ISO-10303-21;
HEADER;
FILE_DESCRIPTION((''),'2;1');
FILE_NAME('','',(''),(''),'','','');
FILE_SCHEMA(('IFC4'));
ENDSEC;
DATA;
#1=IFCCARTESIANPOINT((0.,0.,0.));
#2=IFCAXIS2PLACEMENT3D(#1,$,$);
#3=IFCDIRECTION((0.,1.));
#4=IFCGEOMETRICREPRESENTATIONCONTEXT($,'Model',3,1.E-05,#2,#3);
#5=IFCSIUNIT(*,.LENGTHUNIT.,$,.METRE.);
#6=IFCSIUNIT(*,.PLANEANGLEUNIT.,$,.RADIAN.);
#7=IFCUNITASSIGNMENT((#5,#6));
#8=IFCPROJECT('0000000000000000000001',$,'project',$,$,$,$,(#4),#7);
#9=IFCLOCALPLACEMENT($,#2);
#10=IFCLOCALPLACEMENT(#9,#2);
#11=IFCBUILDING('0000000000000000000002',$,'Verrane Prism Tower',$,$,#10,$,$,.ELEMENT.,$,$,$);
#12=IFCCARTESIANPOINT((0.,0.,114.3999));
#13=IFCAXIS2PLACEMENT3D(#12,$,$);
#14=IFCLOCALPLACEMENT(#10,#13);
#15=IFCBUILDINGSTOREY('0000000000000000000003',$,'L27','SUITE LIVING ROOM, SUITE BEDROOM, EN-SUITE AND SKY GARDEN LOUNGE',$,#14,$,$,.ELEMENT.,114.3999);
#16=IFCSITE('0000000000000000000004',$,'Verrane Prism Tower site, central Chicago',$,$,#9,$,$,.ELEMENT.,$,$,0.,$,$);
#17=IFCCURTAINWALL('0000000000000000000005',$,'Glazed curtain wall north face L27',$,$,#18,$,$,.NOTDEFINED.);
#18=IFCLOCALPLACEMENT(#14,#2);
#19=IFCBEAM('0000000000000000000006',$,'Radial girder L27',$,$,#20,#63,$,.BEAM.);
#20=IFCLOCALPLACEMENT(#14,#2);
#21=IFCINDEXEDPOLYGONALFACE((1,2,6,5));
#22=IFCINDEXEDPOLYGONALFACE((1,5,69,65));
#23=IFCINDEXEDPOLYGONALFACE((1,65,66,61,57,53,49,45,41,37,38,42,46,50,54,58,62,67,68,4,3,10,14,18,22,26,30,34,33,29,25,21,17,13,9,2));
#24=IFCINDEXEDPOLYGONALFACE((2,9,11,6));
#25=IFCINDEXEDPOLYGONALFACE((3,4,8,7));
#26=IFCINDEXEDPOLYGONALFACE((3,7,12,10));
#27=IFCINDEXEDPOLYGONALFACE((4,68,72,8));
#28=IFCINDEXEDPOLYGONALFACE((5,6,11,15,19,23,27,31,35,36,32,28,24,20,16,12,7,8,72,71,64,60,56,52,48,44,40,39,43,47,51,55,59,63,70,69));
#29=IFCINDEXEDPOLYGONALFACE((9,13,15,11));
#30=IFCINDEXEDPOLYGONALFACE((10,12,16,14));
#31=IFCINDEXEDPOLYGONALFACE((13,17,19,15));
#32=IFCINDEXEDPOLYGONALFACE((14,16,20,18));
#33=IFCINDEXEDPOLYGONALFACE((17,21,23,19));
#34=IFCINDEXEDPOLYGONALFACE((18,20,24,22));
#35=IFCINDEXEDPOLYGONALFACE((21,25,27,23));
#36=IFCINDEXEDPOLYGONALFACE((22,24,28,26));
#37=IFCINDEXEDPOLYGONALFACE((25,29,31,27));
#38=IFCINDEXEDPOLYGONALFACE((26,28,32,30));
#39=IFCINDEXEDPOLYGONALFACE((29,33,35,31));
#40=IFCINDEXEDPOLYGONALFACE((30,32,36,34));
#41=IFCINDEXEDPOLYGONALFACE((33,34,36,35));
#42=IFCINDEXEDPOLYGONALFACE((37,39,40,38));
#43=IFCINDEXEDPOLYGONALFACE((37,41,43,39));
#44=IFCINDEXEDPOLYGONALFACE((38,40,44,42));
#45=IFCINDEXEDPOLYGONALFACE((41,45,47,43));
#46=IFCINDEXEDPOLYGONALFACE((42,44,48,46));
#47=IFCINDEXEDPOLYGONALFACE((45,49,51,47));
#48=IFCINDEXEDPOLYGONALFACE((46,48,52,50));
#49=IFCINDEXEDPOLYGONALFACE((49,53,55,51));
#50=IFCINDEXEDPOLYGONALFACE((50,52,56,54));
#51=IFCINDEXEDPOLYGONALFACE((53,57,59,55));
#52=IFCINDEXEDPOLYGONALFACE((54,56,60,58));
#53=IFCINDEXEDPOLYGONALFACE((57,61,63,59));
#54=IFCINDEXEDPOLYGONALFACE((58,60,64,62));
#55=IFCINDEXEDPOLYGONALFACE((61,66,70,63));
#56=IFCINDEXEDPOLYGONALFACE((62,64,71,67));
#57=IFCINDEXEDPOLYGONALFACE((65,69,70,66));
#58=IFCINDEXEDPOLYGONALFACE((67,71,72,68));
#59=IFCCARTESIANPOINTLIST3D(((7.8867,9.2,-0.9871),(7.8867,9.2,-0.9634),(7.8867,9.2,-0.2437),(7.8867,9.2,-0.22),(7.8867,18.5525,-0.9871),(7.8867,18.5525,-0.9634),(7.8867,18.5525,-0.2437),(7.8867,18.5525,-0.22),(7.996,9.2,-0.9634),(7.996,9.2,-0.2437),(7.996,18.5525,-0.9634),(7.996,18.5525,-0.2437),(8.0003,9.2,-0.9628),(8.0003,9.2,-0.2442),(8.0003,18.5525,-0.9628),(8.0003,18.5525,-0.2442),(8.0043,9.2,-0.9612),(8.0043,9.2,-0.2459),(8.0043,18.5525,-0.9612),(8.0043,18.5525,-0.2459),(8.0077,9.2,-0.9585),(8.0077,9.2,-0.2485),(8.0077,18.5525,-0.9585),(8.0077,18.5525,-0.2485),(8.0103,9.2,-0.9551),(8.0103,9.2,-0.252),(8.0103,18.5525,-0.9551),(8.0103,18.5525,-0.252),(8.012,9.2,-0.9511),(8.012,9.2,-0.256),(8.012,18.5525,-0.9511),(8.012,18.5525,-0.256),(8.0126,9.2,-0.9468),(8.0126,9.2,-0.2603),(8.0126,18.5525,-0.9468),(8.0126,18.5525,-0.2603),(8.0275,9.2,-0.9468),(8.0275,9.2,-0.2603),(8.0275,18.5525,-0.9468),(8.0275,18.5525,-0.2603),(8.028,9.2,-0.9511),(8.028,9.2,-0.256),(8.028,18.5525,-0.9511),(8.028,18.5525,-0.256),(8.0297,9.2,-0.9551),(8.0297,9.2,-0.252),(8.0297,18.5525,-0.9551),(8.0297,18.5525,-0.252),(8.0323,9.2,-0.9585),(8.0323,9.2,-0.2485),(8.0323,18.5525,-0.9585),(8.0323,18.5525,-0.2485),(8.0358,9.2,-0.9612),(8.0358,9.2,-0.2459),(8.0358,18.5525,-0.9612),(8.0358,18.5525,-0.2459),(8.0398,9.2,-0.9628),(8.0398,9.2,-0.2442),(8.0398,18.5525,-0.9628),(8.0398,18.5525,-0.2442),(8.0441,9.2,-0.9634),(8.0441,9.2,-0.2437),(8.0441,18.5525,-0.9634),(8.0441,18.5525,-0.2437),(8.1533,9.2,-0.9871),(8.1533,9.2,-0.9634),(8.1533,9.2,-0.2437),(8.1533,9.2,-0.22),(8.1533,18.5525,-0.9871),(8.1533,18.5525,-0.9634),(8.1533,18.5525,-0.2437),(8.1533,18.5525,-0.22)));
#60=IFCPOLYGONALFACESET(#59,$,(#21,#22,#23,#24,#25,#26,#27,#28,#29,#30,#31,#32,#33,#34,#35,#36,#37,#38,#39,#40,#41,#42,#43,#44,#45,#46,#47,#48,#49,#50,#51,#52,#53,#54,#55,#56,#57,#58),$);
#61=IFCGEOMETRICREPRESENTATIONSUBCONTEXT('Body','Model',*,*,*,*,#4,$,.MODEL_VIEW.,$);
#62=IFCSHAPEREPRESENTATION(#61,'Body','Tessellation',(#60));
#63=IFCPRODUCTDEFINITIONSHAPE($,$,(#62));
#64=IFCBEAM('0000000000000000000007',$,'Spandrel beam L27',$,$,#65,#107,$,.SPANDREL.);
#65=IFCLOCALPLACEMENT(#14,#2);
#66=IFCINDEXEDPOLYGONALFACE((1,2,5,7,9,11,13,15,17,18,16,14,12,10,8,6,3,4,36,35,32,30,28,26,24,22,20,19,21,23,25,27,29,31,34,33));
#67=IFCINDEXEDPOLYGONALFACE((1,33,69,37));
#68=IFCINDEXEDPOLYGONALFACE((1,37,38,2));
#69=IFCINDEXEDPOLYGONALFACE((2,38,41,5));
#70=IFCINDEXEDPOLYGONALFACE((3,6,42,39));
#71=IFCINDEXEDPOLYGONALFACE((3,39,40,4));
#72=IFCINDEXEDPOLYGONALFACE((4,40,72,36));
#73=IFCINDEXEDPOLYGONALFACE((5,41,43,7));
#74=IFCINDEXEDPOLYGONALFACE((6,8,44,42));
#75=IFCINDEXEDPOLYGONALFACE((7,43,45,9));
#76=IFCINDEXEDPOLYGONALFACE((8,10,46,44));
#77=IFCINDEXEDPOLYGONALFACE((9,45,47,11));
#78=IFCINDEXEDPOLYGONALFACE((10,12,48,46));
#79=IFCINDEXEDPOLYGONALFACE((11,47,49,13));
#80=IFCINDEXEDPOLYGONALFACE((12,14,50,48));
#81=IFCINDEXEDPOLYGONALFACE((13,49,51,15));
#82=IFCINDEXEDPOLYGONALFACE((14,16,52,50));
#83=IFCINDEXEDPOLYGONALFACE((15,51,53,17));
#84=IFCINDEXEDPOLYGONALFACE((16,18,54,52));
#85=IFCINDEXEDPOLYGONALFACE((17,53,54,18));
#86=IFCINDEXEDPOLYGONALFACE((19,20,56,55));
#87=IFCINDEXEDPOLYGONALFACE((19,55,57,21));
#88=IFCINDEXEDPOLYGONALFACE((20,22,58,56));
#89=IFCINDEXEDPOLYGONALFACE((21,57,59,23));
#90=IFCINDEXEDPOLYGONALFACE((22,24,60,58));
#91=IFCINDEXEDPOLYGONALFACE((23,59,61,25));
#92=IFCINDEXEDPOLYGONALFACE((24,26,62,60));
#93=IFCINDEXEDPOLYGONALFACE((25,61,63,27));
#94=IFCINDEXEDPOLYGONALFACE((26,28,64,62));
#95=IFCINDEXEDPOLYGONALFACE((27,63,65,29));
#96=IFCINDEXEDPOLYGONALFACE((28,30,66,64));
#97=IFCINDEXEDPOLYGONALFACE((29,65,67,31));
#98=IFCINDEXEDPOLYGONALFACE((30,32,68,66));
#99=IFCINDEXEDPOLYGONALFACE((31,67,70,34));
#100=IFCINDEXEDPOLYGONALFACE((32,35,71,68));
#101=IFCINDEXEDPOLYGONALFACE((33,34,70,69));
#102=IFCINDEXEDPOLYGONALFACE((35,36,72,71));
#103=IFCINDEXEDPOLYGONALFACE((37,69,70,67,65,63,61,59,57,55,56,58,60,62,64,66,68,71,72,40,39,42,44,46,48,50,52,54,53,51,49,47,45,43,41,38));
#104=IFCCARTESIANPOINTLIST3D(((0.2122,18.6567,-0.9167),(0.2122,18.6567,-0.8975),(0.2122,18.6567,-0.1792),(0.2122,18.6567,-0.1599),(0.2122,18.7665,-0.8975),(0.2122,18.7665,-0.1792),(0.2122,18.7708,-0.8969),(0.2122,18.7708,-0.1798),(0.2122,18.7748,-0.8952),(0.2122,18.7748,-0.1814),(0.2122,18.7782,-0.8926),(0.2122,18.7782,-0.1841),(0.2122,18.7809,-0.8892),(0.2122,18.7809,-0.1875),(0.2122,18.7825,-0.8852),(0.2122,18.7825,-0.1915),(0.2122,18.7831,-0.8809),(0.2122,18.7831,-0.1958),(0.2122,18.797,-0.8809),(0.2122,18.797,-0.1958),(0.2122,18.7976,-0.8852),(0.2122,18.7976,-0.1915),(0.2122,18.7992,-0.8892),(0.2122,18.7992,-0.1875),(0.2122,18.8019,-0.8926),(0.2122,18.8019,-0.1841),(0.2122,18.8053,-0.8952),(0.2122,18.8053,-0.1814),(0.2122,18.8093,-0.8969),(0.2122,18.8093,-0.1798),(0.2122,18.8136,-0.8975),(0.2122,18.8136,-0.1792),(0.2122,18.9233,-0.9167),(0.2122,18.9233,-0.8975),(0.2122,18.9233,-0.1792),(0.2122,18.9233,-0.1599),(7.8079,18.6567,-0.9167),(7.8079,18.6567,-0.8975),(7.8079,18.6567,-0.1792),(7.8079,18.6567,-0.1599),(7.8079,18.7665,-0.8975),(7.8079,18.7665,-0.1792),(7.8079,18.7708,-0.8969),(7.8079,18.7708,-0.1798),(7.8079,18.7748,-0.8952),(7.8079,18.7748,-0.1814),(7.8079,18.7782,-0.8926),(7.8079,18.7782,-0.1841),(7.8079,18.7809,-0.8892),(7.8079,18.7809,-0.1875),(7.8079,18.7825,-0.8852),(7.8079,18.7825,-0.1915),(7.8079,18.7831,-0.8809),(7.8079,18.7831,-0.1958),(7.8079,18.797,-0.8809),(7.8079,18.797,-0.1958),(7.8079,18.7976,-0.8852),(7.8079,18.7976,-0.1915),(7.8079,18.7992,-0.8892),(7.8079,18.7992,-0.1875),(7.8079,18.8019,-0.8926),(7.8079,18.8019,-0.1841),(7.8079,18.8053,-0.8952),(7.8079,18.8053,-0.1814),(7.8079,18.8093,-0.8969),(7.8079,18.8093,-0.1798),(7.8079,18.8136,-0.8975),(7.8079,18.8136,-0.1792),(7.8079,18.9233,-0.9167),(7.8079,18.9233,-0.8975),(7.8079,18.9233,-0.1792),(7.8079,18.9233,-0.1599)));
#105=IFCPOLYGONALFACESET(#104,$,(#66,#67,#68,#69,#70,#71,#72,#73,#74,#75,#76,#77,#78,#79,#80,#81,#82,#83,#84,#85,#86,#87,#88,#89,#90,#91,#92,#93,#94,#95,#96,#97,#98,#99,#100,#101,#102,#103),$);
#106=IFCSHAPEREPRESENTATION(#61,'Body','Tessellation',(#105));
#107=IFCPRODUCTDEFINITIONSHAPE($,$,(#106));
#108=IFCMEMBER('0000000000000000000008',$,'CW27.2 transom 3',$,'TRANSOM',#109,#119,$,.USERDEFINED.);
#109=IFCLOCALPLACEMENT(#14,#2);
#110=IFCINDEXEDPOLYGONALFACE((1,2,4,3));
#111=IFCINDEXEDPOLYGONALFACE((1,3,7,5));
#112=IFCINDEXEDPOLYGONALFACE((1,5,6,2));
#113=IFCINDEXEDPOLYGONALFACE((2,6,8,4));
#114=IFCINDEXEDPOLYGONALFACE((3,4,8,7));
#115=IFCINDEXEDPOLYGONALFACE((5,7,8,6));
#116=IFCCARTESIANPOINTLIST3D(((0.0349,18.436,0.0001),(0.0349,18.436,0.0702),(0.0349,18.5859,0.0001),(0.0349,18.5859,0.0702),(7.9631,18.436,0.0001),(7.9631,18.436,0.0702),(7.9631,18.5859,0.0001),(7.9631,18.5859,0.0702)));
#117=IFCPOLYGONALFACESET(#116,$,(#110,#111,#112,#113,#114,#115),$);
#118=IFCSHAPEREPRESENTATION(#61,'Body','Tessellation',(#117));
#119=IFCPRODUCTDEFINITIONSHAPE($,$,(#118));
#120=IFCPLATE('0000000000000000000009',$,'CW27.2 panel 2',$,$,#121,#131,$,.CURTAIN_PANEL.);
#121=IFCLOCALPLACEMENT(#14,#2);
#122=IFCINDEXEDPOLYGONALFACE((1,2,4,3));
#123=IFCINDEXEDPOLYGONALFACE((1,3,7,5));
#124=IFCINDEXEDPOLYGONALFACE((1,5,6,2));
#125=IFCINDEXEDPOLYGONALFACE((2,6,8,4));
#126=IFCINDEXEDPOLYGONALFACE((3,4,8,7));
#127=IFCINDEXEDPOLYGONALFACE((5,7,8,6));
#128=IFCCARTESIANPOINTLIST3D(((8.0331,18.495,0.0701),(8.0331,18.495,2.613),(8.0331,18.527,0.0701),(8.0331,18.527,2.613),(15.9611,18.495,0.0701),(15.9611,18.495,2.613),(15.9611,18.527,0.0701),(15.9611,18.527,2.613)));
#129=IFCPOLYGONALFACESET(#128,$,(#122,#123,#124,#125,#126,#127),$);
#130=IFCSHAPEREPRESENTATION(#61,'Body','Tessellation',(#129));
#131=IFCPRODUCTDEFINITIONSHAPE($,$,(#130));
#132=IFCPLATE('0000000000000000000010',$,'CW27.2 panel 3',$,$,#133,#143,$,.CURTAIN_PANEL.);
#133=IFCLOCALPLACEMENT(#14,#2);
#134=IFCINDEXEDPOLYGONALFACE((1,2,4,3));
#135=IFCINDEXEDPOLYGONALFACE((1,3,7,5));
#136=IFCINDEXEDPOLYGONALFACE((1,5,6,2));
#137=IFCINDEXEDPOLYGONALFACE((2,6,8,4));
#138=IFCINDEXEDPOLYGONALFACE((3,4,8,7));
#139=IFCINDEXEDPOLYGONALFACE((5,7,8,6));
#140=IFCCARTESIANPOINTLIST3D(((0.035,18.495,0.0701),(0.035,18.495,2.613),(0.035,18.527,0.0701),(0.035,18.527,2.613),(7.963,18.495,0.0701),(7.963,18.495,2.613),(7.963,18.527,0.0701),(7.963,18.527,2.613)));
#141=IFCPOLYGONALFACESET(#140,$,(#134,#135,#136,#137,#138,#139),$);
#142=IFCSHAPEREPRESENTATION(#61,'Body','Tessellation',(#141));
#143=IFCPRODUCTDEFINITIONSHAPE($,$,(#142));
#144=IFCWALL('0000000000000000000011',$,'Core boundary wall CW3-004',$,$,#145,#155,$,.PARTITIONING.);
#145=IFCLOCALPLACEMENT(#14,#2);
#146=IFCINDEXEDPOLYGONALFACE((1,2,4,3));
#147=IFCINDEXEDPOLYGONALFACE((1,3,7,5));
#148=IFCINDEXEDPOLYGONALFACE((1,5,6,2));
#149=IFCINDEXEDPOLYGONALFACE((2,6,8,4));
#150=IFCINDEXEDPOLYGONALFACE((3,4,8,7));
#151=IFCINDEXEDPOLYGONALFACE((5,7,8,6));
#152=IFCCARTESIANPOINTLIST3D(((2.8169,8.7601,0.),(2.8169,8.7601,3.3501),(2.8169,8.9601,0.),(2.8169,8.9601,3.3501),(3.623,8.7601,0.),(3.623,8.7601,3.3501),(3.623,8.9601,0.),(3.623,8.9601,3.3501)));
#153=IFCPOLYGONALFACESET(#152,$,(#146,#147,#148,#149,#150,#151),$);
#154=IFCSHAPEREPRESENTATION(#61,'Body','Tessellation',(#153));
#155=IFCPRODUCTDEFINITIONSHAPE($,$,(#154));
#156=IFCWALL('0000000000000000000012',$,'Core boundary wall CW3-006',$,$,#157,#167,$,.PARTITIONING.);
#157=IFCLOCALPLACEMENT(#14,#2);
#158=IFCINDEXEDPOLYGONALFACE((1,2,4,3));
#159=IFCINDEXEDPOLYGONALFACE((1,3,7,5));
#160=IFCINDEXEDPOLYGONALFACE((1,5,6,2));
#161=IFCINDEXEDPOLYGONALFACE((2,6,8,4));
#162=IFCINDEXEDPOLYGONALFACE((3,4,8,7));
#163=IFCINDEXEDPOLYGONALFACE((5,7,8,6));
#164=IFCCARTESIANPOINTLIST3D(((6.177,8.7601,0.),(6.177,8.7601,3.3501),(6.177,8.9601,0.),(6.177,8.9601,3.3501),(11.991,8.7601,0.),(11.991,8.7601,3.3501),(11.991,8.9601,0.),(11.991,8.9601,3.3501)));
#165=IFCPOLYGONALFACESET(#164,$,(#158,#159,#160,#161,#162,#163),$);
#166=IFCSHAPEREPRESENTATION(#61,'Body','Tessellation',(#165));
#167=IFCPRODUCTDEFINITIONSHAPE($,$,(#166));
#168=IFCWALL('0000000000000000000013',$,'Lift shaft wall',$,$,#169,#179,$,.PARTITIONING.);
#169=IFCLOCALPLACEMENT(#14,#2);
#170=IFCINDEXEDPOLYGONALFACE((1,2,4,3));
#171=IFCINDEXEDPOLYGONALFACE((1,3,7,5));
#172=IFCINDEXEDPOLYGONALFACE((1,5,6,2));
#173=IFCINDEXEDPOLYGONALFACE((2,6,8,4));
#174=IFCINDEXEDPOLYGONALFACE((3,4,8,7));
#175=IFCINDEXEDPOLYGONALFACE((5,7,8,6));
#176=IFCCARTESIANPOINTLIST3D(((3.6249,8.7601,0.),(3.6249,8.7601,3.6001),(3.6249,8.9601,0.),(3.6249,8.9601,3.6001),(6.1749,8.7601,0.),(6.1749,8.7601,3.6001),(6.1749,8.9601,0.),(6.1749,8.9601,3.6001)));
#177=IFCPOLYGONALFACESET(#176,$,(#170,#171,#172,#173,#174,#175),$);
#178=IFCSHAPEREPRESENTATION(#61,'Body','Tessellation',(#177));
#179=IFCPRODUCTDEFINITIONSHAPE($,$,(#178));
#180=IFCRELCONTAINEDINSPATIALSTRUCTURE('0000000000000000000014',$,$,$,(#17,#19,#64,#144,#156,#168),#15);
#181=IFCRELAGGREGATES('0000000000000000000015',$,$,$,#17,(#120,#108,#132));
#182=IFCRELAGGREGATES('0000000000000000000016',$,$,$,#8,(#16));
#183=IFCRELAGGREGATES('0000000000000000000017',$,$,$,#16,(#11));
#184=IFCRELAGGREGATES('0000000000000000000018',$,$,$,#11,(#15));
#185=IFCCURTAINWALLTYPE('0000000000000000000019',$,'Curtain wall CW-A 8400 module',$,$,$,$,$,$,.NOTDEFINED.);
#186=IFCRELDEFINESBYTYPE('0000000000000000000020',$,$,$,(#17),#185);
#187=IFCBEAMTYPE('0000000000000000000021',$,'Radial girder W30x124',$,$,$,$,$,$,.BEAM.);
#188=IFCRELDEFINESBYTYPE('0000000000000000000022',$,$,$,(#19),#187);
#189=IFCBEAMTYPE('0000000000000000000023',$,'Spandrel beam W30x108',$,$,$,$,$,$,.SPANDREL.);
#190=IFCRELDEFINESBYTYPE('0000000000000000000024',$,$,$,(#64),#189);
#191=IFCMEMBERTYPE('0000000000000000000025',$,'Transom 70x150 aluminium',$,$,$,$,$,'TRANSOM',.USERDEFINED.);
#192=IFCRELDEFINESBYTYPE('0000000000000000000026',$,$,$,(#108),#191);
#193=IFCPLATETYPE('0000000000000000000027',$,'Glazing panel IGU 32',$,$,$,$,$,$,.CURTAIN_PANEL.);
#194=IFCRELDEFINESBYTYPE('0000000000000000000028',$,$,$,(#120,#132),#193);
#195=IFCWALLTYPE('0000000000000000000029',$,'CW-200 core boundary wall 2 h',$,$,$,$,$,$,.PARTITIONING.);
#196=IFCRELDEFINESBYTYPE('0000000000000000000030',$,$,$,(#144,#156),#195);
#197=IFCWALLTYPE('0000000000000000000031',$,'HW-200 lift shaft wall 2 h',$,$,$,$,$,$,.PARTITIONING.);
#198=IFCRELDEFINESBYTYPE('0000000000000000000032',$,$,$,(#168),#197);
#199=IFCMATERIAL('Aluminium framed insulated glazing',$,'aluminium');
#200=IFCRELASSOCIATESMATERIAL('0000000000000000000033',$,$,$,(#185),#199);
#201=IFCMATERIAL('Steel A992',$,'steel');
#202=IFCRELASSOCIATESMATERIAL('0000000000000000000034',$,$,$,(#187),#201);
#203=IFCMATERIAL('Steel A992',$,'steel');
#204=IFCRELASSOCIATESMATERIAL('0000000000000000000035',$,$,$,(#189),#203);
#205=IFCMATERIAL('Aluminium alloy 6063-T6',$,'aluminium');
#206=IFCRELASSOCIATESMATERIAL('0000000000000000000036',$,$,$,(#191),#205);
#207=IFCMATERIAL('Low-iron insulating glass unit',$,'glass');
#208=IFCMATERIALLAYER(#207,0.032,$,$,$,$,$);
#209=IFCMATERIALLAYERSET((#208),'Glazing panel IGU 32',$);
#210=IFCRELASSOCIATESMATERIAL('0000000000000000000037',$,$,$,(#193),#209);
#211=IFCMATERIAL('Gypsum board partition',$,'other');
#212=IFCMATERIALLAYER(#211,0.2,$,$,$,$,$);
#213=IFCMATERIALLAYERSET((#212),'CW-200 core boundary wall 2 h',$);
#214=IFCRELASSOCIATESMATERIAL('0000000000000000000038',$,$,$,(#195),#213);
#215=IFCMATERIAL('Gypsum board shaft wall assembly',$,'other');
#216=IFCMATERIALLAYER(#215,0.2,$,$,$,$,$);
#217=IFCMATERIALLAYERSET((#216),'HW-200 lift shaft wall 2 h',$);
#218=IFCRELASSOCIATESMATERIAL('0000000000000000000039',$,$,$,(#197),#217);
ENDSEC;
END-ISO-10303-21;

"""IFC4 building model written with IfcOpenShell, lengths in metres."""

from ifc_helpers import new_model, si_unit, direction, frame, frame_2d, origin, origin_2d, place, context, subcontext, project, spatial, rectangle, i_section, extrude, material, layer, layer_set, material_profile, profile_set, type_object, element, aggregate, save


model = new_model("IFC4")

# Units and contexts
model_context = context("Model", 3, precision=1e-05, world=origin(), true_north=direction((0.0, 1.0)))
body_context = subcontext(model_context, "Body", "Model", "MODEL_VIEW")
ifc_project = project(units=[si_unit("LENGTHUNIT", "METRE"), si_unit("PLANEANGLEUNIT", "RADIAN")], contexts=[model_context])

# Site, building, storey
site_placement = place(None, origin())
site = spatial("IfcSite", under=ifc_project, at=site_placement, Name="Verrane Prism Tower site, central Chicago", CompositionType="ELEMENT", RefElevation=0.0)
building_placement = place(site_placement, origin())
building = spatial("IfcBuilding", under=site, at=building_placement, Name="Verrane Prism Tower", CompositionType="ELEMENT")
storey_placement = place(building_placement, frame((0.0, 0.0, 114.3999)))
storey = spatial("IfcBuildingStorey", under=building, at=storey_placement, Name="L27", Description="SUITE LIVING ROOM, SUITE BEDROOM, EN-SUITE AND SKY GARDEN LOUNGE", CompositionType="ELEMENT", Elevation=114.3999)

# Curtain wall
ifc_material_1 = material(Name="Aluminium framed insulated glazing", Category="aluminium")
curtain_wall_type = type_object("IfcCurtainWallType", Name="Curtain wall CW-A 8400 module", PredefinedType="NOTDEFINED", material=ifc_material_1)
curtain_wall_placement = place(storey_placement, origin())
curtain_wall = element("IfcCurtainWall", 1, at=curtain_wall_placement, inside=storey, type_object=curtain_wall_type, Name="Glazed curtain wall north face L27", PredefinedType="NOTDEFINED")

# Beams
ifc_material_2 = material(Name="Steel A992", Category="steel")
ifc_material_profile_1 = material_profile(ifc_material_2, i_section(OverallWidth=0.2666, OverallDepth=0.7671, WebThickness=0.0149, FlangeThickness=0.0237, FilletRadius=0.0166, at=origin_2d()), Name="W30x124")
ifc_profile_set_1 = profile_set([ifc_material_profile_1], Name="Steel A992")
beam_type_1 = type_object("IfcBeamType", Name="Radial girder W30x124", PredefinedType="BEAM", material=ifc_profile_set_1)
beam_1_placement = place(storey_placement, frame((8.02, 18.5525, -0.6035), z_axis=(0.0, -1.0, 0.0), x_axis=(1.0, 0.0, 0.0)))
element("IfcBeam", 2, at=beam_1_placement, inside=storey, type_object=beam_type_1, Name="Radial girder L27", PredefinedType="BEAM", context=body_context, shape_type="SweptSolid", body=[
    extrude(i_section(OverallWidth=0.2666, OverallDepth=0.7671, WebThickness=0.0149, FlangeThickness=0.0237, FilletRadius=0.0166, at=origin_2d()), origin(), (0.0, 0.0, 1.0), 9.3525),
])
ifc_material_3 = material(Name="Steel A992", Category="steel")
ifc_material_profile_2 = material_profile(ifc_material_3, i_section(OverallWidth=0.2666, OverallDepth=0.7568, WebThickness=0.0139, FlangeThickness=0.0193, FilletRadius=0.0166, at=origin_2d()), Name="W30x108")
ifc_profile_set_2 = profile_set([ifc_material_profile_2], Name="Steel A992")
beam_type_2 = type_object("IfcBeamType", Name="Spandrel beam W30x108", PredefinedType="SPANDREL", material=ifc_profile_set_2)
beam_2_placement = place(storey_placement, frame((7.8079, 18.79, -0.5383), z_axis=(-1.0, 0.0, 0.0), x_axis=(0.0, -1.0, 0.0)))
element("IfcBeam", 3, at=beam_2_placement, inside=storey, type_object=beam_type_2, Name="Spandrel beam L27", PredefinedType="SPANDREL", context=body_context, shape_type="SweptSolid", body=[
    extrude(i_section(OverallWidth=0.2666, OverallDepth=0.7568, WebThickness=0.0139, FlangeThickness=0.0193, FilletRadius=0.0166, at=origin_2d()), origin(), (0.0, 0.0, 1.0), 7.5957),
])

# Member
ifc_material_4 = material(Name="Aluminium alloy 6063-T6", Category="aluminium")
ifc_material_profile_3 = material_profile(ifc_material_4, rectangle(XDim=0.1499, YDim=0.0701, at=origin_2d()), Name="Transom 70x150 aluminium")
ifc_profile_set_3 = profile_set([ifc_material_profile_3], Name="Aluminium alloy 6063-T6")
member_type_1 = type_object("IfcMemberType", Name="Transom 70x150 aluminium", ElementType="TRANSOM", PredefinedType="USERDEFINED", material=ifc_profile_set_3)
member_1_placement = place(storey_placement, frame((7.9631, 18.511, 0.0352), z_axis=(-1.0, 0.0, 0.0), x_axis=(0.0, -1.0, 0.0)))
member_1 = element("IfcMember", 4, at=member_1_placement, type_object=member_type_1, Name="CW27.2 transom 3", ObjectType="TRANSOM", PredefinedType="USERDEFINED", context=body_context, shape_type="SweptSolid", body=[
    extrude(rectangle(XDim=0.1499, YDim=0.0701, at=origin_2d()), origin(), (0.0, 0.0, 1.0), 7.9282),
])

# Plates
ifc_material_5 = material(Name="Low-iron insulating glass unit", Category="glass")
ifc_layer_1 = layer(ifc_material_5, 0.032)
ifc_layer_set_1 = layer_set([ifc_layer_1], Name="Glazing panel IGU 32")
plate_type = type_object("IfcPlateType", Name="Glazing panel IGU 32", PredefinedType="CURTAIN_PANEL", material=ifc_layer_set_1)
plate_1_placement = place(storey_placement, frame((11.9971, 18.511, 0.0701), z_axis=(0.0, 0.0, 1.0), x_axis=(-1.0, 0.0, 0.0)))
plate_1 = element("IfcPlate", 5, at=plate_1_placement, type_object=plate_type, Name="CW27.2 panel 2", PredefinedType="CURTAIN_PANEL", context=body_context, shape_type="SweptSolid", body=[
    extrude(rectangle(XDim=7.928, YDim=0.032, at=origin_2d()), origin(), (0.0, 0.0, 1.0), 2.543),
])
plate_2_placement = place(storey_placement, frame((3.999, 18.511, 0.0701), z_axis=(0.0, 0.0, 1.0), x_axis=(-1.0, 0.0, 0.0)))
plate_2 = element("IfcPlate", 6, at=plate_2_placement, type_object=plate_type, Name="CW27.2 panel 3", PredefinedType="CURTAIN_PANEL", context=body_context, shape_type="SweptSolid", body=[
    extrude(rectangle(XDim=7.928, YDim=0.032, at=origin_2d()), origin(), (0.0, 0.0, 1.0), 2.543),
])
aggregate(curtain_wall, [plate_1, member_1, plate_2])

# Walls
ifc_material_6 = material(Name="Gypsum board partition", Category="other")
ifc_layer_2 = layer(ifc_material_6, 0.2)
ifc_layer_set_2 = layer_set([ifc_layer_2], Name="CW-200 core boundary wall 2 h")
wall_type_1 = type_object("IfcWallType", Name="CW-200 core boundary wall 2 h", PredefinedType="PARTITIONING", material=ifc_layer_set_2)
wall_1_placement = place(storey_placement, frame((2.8169, 8.8601, 0.0), z_axis=(0.0, 0.0, 1.0), x_axis=(1.0, 0.0, 0.0)))
element("IfcWall", 7, at=wall_1_placement, inside=storey, type_object=wall_type_1, Name="Core boundary wall CW3-004", PredefinedType="PARTITIONING", context=body_context, shape_type="SweptSolid", body=[
    extrude(rectangle(XDim=0.8062, YDim=0.2, at=frame_2d((0.4031, 0.0))), origin(), (0.0, 0.0, 1.0), 3.3501),
])
wall_2_placement = place(storey_placement, frame((6.177, 8.8601, 0.0), z_axis=(0.0, 0.0, 1.0), x_axis=(1.0, 0.0, 0.0)))
element("IfcWall", 8, at=wall_2_placement, inside=storey, type_object=wall_type_1, Name="Core boundary wall CW3-006", PredefinedType="PARTITIONING", context=body_context, shape_type="SweptSolid", body=[
    extrude(rectangle(XDim=5.814, YDim=0.2, at=frame_2d((2.907, 0.0))), origin(), (0.0, 0.0, 1.0), 3.3501),
])
ifc_material_7 = material(Name="Gypsum board shaft wall assembly", Category="other")
ifc_layer_3 = layer(ifc_material_7, 0.2)
ifc_layer_set_3 = layer_set([ifc_layer_3], Name="HW-200 lift shaft wall 2 h")
wall_type_2 = type_object("IfcWallType", Name="HW-200 lift shaft wall 2 h", PredefinedType="PARTITIONING", material=ifc_layer_set_3)
wall_3_placement = place(storey_placement, frame((3.625, 8.8601, 0.0), z_axis=(0.0, 0.0, 1.0), x_axis=(1.0, 0.0, 0.0)))
element("IfcWall", 9, at=wall_3_placement, inside=storey, type_object=wall_type_2, Name="Lift shaft wall", PredefinedType="PARTITIONING", context=body_context, shape_type="SweptSolid", body=[
    extrude(rectangle(XDim=2.55, YDim=0.2, at=frame_2d((1.2749, 0.0))), origin(), (0.0, 0.0, 1.0), 3.6001),
])

save(model, "model.ifc")
